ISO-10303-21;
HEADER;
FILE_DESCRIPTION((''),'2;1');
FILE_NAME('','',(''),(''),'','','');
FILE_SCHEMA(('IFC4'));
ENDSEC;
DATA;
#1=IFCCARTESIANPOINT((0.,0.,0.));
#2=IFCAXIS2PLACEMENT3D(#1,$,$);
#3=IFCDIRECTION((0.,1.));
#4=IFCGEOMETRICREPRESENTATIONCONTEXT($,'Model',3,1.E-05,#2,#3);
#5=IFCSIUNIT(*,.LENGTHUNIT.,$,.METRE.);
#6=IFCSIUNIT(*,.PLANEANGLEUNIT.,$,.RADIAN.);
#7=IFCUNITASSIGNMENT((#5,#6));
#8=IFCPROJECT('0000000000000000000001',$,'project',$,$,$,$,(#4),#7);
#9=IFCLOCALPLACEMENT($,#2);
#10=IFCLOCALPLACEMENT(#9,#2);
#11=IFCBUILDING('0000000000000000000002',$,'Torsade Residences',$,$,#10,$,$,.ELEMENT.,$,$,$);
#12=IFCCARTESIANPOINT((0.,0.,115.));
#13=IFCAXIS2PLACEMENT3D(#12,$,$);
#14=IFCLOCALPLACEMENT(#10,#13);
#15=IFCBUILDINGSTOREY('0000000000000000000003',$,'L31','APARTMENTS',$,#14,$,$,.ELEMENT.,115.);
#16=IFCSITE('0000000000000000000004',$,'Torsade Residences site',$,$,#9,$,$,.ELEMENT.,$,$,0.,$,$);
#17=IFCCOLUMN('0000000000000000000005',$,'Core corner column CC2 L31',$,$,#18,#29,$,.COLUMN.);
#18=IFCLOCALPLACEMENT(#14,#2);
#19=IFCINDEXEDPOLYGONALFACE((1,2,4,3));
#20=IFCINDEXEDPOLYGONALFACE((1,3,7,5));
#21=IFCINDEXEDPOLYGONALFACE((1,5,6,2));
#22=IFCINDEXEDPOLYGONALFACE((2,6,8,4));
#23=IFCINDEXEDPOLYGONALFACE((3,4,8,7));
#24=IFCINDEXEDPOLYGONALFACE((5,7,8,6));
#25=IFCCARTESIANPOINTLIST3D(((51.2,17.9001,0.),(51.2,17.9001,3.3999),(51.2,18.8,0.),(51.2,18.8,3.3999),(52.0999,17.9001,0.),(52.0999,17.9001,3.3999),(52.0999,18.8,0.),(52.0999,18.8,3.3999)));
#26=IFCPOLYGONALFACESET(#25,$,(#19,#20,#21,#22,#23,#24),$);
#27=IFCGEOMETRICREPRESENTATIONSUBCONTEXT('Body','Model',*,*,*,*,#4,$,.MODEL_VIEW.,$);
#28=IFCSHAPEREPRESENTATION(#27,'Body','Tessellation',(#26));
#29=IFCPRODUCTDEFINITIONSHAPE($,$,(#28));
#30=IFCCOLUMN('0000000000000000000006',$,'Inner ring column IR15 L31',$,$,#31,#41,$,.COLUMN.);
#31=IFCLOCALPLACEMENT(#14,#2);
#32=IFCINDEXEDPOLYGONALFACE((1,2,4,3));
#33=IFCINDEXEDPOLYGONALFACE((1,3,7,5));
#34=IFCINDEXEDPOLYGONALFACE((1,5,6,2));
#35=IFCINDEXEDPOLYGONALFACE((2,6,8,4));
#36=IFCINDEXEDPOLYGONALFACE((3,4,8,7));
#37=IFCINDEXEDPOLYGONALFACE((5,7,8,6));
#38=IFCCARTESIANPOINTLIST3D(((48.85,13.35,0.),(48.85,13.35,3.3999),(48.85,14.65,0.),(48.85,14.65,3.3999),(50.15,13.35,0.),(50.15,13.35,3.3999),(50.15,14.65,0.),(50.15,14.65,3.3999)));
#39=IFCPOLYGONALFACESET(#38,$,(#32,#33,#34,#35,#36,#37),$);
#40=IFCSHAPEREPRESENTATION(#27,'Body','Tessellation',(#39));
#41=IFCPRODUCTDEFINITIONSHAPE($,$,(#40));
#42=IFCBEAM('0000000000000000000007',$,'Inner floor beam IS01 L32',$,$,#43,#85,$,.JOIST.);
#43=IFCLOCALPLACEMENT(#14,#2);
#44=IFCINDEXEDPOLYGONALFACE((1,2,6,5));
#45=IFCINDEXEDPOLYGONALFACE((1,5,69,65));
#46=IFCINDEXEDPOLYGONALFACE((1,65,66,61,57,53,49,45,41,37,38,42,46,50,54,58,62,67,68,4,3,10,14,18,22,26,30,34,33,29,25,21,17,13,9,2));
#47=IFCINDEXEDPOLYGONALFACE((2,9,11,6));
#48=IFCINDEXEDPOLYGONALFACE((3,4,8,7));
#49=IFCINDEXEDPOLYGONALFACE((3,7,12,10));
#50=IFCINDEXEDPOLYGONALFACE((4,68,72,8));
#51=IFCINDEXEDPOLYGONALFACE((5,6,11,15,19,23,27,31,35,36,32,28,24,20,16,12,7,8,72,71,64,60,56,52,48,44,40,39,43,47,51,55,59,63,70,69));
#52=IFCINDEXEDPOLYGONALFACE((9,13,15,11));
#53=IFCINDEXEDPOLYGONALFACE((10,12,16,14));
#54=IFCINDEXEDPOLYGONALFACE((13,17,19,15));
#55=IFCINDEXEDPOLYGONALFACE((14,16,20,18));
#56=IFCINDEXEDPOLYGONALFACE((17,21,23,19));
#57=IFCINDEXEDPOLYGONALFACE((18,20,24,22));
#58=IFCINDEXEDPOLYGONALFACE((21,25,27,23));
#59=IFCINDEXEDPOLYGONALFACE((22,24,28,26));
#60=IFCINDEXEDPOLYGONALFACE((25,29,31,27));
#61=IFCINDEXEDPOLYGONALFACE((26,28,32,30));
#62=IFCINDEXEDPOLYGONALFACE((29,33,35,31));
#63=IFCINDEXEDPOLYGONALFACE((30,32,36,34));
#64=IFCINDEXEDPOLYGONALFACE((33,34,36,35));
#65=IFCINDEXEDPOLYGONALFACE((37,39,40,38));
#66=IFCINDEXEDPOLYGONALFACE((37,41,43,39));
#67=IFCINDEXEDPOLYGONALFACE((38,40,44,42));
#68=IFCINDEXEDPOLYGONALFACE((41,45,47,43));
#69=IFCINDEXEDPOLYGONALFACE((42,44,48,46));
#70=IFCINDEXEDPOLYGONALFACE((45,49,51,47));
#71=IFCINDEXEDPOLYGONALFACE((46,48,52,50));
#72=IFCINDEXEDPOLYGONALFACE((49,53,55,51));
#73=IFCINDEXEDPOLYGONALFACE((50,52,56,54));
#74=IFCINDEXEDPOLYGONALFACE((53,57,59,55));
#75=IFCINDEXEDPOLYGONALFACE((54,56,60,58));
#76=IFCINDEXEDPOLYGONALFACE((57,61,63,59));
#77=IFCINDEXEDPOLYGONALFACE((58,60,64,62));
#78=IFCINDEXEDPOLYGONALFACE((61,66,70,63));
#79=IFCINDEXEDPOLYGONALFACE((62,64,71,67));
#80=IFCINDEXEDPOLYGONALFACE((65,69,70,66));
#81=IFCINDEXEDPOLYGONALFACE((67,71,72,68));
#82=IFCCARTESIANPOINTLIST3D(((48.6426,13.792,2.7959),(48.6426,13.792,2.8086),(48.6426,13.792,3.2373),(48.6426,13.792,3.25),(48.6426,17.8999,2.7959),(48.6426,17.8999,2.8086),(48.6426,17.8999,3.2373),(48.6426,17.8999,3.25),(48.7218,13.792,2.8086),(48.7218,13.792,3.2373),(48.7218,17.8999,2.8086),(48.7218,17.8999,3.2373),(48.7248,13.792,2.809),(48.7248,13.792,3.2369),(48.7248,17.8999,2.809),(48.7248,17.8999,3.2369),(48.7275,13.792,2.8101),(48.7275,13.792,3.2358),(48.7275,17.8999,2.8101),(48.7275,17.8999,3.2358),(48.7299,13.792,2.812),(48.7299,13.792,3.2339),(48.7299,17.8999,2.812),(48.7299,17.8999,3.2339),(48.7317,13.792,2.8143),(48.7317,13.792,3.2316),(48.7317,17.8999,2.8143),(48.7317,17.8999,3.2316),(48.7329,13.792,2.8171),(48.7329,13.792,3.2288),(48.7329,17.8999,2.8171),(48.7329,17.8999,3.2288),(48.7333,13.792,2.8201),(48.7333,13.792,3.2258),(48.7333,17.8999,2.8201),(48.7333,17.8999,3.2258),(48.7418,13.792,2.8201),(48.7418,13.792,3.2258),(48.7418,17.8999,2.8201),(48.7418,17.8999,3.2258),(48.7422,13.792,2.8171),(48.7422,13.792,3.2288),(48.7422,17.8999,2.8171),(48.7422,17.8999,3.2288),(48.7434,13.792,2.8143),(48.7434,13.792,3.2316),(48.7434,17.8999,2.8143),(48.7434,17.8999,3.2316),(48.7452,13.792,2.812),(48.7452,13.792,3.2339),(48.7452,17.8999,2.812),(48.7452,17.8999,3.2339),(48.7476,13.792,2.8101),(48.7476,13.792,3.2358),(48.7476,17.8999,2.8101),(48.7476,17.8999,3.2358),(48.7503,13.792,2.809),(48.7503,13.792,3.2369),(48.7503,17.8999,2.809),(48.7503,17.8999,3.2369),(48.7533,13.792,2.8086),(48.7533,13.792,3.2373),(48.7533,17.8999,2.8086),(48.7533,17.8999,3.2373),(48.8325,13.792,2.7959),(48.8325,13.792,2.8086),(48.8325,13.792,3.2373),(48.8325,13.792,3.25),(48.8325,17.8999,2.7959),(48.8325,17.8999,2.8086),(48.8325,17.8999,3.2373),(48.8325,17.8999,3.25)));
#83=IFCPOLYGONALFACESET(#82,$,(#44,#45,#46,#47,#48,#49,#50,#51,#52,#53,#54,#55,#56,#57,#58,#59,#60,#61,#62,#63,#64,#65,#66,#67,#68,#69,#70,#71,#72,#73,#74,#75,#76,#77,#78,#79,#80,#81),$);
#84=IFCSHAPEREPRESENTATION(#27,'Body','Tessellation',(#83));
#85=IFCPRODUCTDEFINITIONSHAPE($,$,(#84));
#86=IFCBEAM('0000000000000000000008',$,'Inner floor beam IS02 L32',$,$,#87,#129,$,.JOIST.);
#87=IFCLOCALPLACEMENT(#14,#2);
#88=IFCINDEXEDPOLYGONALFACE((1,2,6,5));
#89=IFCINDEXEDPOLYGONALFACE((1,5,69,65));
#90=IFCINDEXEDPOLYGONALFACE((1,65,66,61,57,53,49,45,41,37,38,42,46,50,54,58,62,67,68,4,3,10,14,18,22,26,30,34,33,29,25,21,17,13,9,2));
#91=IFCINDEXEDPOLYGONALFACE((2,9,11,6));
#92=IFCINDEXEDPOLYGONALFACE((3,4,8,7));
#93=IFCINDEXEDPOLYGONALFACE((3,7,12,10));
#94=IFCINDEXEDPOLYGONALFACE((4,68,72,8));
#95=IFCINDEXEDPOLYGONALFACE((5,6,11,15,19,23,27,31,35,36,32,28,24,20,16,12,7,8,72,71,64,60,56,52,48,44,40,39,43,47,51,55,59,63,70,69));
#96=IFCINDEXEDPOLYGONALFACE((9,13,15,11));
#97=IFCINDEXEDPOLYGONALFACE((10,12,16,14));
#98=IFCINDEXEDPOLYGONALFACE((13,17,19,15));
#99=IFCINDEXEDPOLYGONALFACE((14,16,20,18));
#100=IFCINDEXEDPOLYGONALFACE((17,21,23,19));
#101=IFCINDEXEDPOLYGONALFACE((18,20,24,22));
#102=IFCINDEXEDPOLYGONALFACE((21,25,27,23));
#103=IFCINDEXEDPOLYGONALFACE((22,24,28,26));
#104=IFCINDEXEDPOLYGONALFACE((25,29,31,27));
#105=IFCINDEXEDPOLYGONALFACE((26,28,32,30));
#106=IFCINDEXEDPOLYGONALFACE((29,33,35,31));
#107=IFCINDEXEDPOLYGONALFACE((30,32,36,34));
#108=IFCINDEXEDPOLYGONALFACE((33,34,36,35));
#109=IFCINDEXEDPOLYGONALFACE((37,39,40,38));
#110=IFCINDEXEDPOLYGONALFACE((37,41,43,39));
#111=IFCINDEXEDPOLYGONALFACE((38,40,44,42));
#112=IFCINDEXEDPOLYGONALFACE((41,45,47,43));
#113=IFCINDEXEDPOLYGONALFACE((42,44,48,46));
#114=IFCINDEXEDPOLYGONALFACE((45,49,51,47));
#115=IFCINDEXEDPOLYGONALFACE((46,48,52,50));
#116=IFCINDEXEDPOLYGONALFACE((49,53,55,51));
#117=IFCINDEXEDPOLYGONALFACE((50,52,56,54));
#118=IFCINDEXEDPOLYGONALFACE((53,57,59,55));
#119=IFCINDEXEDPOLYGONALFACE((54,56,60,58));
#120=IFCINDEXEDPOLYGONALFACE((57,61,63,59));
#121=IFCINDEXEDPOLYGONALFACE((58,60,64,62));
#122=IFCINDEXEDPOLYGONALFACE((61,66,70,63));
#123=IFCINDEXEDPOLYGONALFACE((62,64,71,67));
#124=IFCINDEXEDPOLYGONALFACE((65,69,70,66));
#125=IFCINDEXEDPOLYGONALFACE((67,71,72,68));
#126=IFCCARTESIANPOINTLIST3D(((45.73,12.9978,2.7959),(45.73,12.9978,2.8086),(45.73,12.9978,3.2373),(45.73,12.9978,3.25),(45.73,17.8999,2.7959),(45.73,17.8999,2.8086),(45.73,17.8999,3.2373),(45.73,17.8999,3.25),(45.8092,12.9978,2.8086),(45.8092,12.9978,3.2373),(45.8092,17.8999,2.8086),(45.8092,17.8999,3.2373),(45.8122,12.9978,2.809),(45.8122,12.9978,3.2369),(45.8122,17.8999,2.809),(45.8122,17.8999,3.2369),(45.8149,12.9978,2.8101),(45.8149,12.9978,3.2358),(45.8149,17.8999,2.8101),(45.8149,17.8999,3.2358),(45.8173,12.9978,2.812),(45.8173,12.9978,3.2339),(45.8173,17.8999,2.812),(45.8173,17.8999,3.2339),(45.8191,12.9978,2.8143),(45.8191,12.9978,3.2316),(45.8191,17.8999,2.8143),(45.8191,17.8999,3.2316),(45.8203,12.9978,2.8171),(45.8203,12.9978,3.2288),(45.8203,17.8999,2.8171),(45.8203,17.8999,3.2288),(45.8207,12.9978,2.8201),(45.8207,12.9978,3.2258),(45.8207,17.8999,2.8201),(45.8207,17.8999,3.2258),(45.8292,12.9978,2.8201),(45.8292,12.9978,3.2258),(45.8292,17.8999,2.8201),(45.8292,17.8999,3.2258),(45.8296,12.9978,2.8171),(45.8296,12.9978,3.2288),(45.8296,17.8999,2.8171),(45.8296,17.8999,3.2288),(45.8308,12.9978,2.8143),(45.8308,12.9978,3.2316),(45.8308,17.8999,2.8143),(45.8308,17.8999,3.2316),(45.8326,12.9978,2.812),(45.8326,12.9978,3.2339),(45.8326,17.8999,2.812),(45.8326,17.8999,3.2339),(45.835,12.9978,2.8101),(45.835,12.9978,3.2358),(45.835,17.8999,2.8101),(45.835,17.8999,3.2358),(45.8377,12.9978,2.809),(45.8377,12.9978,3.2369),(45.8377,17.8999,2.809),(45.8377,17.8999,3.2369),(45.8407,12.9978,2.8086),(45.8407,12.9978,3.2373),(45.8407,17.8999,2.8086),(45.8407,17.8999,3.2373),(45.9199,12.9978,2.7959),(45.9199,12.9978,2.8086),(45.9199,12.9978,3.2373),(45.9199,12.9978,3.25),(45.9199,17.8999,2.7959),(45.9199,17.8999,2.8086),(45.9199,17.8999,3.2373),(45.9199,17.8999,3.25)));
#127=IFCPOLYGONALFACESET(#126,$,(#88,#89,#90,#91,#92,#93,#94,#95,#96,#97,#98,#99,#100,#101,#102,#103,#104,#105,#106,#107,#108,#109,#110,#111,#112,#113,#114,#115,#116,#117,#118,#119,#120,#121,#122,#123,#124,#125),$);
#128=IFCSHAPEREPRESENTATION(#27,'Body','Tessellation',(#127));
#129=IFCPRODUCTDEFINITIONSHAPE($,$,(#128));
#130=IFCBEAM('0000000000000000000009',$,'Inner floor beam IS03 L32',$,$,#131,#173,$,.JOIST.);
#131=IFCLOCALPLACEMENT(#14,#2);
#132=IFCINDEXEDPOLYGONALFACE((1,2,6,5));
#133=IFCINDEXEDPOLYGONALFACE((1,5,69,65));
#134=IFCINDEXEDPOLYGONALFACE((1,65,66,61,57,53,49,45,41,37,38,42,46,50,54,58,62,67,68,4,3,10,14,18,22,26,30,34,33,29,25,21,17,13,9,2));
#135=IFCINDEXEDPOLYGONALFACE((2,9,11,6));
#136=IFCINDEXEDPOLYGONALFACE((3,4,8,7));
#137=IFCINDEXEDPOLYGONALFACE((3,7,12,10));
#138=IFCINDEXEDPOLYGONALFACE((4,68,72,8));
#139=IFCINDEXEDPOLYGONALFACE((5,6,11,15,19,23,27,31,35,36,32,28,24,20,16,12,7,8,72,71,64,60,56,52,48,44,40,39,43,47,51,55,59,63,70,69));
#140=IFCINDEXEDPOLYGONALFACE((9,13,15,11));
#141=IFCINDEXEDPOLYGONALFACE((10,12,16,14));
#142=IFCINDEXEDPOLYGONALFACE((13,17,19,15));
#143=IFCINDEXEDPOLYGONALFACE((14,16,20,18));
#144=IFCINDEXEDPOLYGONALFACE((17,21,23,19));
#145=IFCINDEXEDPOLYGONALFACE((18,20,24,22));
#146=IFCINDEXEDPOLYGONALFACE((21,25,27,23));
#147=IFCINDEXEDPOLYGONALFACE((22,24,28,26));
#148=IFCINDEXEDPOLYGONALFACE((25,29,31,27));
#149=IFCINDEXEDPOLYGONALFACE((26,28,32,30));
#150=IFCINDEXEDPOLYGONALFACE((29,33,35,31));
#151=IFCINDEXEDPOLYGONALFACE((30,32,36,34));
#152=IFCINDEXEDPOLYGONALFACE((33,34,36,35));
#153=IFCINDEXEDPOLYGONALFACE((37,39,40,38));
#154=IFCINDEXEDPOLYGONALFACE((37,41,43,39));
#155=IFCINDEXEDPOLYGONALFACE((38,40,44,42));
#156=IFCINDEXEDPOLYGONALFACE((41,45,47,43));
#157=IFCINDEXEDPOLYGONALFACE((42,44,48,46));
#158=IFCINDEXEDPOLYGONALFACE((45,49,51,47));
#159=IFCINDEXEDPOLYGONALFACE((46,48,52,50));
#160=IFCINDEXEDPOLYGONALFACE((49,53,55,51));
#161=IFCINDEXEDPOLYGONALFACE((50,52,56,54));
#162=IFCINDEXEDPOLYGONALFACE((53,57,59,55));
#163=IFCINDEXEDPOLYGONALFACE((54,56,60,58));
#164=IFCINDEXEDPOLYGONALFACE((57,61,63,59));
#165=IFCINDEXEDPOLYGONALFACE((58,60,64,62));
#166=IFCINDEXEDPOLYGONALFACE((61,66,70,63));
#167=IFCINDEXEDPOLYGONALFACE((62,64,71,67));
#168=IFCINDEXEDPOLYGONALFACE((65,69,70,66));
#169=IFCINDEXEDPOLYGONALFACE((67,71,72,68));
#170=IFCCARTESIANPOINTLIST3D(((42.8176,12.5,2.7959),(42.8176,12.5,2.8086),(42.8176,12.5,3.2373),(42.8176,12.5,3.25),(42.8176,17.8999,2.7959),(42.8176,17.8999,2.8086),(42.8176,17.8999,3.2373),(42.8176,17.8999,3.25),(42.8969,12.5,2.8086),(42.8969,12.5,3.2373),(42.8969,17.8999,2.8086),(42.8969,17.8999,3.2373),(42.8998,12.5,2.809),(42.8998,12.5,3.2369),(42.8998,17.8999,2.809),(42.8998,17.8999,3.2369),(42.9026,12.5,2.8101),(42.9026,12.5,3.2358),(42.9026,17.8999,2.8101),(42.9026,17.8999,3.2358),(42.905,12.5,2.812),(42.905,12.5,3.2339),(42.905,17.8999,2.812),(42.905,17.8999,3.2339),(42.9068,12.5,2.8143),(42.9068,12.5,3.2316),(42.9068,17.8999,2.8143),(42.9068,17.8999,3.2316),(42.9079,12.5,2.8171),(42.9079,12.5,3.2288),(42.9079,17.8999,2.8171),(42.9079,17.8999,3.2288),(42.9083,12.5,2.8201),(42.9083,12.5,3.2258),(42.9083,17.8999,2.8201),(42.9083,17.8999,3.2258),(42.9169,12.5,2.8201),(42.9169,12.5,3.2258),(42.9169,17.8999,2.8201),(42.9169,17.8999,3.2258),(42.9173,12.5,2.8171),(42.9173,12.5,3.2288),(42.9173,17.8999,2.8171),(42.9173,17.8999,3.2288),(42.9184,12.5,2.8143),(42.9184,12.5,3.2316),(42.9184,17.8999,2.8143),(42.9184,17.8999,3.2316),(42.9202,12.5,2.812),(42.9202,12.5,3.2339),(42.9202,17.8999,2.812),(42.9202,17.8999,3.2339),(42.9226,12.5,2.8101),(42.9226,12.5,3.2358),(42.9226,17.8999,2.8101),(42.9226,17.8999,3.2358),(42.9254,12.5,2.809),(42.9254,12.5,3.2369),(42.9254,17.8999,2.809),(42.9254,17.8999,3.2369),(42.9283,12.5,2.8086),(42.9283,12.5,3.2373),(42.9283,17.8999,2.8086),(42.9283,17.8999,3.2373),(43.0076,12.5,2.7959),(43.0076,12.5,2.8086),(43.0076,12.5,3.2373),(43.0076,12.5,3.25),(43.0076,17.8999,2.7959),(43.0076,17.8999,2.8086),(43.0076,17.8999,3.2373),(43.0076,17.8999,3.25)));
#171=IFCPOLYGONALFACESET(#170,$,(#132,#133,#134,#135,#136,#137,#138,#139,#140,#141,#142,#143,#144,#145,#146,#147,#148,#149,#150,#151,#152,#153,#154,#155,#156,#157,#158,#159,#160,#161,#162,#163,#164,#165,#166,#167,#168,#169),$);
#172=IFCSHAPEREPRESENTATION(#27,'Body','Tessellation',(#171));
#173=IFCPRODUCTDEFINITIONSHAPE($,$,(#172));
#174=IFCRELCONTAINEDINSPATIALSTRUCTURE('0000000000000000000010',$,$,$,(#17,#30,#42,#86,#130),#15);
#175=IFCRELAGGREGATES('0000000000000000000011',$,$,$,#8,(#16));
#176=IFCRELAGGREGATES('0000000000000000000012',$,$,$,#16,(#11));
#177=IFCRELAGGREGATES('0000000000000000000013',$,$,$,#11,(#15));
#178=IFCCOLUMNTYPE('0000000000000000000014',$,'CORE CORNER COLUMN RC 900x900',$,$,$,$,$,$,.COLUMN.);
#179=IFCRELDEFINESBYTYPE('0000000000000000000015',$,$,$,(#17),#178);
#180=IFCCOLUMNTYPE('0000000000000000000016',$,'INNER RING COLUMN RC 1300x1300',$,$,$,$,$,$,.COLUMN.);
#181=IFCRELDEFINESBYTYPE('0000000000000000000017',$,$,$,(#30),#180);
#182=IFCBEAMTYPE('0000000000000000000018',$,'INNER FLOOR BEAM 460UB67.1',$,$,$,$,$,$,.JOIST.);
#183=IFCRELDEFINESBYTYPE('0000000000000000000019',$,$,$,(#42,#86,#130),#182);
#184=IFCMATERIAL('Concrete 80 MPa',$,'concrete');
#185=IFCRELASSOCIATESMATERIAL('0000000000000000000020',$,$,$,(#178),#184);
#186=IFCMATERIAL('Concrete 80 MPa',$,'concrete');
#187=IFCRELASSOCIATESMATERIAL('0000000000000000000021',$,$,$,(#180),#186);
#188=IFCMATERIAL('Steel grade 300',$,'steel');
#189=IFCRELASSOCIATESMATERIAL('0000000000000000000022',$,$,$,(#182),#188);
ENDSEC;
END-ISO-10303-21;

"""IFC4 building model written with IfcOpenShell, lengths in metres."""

from ifc_helpers import new_model, si_unit, direction, frame, origin, origin_2d, place, context, subcontext, project, spatial, rectangle, i_section, extrude, material, material_profile, profile_set, type_object, element, save


model = new_model("IFC4")

# Units and contexts
model_context = context("Model", 3, precision=1e-05, world=origin(), true_north=direction((0.0, 1.0)))
body_context = subcontext(model_context, "Body", "Model", "MODEL_VIEW")
ifc_project = project(units=[si_unit("LENGTHUNIT", "METRE"), si_unit("PLANEANGLEUNIT", "RADIAN")], contexts=[model_context])

# Site, building, storey
site_placement = place(None, origin())
site = spatial("IfcSite", under=ifc_project, at=site_placement, Name="Torsade Residences site", CompositionType="ELEMENT", RefElevation=0.0)
building_placement = place(site_placement, origin())
building = spatial("IfcBuilding", under=site, at=building_placement, Name="Torsade Residences", CompositionType="ELEMENT")
storey_placement = place(building_placement, frame((0.0, 0.0, 115.0)))
storey = spatial("IfcBuildingStorey", under=building, at=storey_placement, Name="L31", Description="APARTMENTS", CompositionType="ELEMENT", Elevation=115.0)

# Columns
ifc_material_1 = material(Name="Concrete 80 MPa", Category="concrete")
ifc_material_profile_1 = material_profile(ifc_material_1, rectangle(XDim=0.8999, YDim=0.8999, at=origin_2d()), Name="RC 900x900")
ifc_profile_set_1 = profile_set([ifc_material_profile_1], Name="Concrete 80 MPa")
column_type_1 = type_object("IfcColumnType", Name="CORE CORNER COLUMN RC 900x900", PredefinedType="COLUMN", material=ifc_profile_set_1)
column_1_placement = place(storey_placement, frame((51.6499, 18.3501, 0.0), z_axis=(0.0, 0.0, 1.0), x_axis=(1.0, 0.0, 0.0)))
element("IfcColumn", 1, at=column_1_placement, inside=storey, type_object=column_type_1, Name="Core corner column CC2 L31", PredefinedType="COLUMN", context=body_context, shape_type="SweptSolid", body=[
    extrude(rectangle(XDim=0.8999, YDim=0.8999, at=origin_2d()), origin(), (0.0, 0.0, 1.0), 3.3999),
])
ifc_material_2 = material(Name="Concrete 80 MPa", Category="concrete")
ifc_material_profile_2 = material_profile(ifc_material_2, rectangle(XDim=1.3, YDim=1.3, at=origin_2d()), Name="RC 1300x1300")
ifc_profile_set_2 = profile_set([ifc_material_profile_2], Name="Concrete 80 MPa")
column_type_2 = type_object("IfcColumnType", Name="INNER RING COLUMN RC 1300x1300", PredefinedType="COLUMN", material=ifc_profile_set_2)
column_2_placement = place(storey_placement, frame((49.5, 14.0, 0.0), z_axis=(0.0, 0.0, 1.0), x_axis=(1.0, 0.0, 0.0)))
element("IfcColumn", 2, at=column_2_placement, inside=storey, type_object=column_type_2, Name="Inner ring column IR15 L31", PredefinedType="COLUMN", context=body_context, shape_type="SweptSolid", body=[
    extrude(rectangle(XDim=1.3, YDim=1.3, at=origin_2d()), origin(), (0.0, 0.0, 1.0), 3.3999),
])

# Beams
ifc_material_3 = material(Name="Steel grade 300", Category="steel")
ifc_material_profile_3 = material_profile(ifc_material_3, i_section(OverallWidth=0.1899, OverallDepth=0.4541, WebThickness=0.0085, FlangeThickness=0.0127, FilletRadius=0.0115, at=origin_2d()), Name="460UB67.1")
ifc_profile_set_3 = profile_set([ifc_material_profile_3], Name="Steel grade 300")
beam_type_1 = type_object("IfcBeamType", Name="INNER FLOOR BEAM 460UB67.1", PredefinedType="JOIST", material=ifc_profile_set_3)
beam_1_placement = place(storey_placement, frame((48.7375, 17.8999, 3.0229), z_axis=(0.0, -1.0, 0.0), x_axis=(1.0, 0.0, 0.0)))
element("IfcBeam", 3, at=beam_1_placement, inside=storey, type_object=beam_type_1, Name="Inner floor beam IS01 L32", PredefinedType="JOIST", context=body_context, shape_type="SweptSolid", body=[
    extrude(i_section(OverallWidth=0.1899, OverallDepth=0.4541, WebThickness=0.0085, FlangeThickness=0.0127, FilletRadius=0.0115, at=origin_2d()), origin(), (0.0, 0.0, 1.0), 4.1079),
])
beam_2_placement = place(storey_placement, frame((45.825, 17.8999, 3.0229), z_axis=(0.0, -1.0, 0.0), x_axis=(1.0, 0.0, 0.0)))
element("IfcBeam", 4, at=beam_2_placement, inside=storey, type_object=beam_type_1, Name="Inner floor beam IS02 L32", PredefinedType="JOIST", context=body_context, shape_type="SweptSolid", body=[
    extrude(i_section(OverallWidth=0.1899, OverallDepth=0.4541, WebThickness=0.0085, FlangeThickness=0.0127, FilletRadius=0.0115, at=origin_2d()), origin(), (0.0, 0.0, 1.0), 4.9021),
])
for number, where, z_axis, x_axis, name in (
    (5, (42.9126, 17.8999, 3.0229), (0.0, -1.0, 0.0), (1.0, 0.0, 0.0), "Inner floor beam IS03 L32"),
):
    element("IfcBeam", number, at=place(storey_placement, frame(where, z_axis=z_axis, x_axis=x_axis)), inside=storey, type_object=beam_type_1, Name=name, PredefinedType="JOIST", context=body_context, shape_type="SweptSolid", body=[
        extrude(i_section(OverallWidth=0.1899, OverallDepth=0.4541, WebThickness=0.0085, FlangeThickness=0.0127, FilletRadius=0.0115, at=origin_2d()), origin(), (0.0, 0.0, 1.0), 5.3999),
    ])

save(model, "model.ifc")
